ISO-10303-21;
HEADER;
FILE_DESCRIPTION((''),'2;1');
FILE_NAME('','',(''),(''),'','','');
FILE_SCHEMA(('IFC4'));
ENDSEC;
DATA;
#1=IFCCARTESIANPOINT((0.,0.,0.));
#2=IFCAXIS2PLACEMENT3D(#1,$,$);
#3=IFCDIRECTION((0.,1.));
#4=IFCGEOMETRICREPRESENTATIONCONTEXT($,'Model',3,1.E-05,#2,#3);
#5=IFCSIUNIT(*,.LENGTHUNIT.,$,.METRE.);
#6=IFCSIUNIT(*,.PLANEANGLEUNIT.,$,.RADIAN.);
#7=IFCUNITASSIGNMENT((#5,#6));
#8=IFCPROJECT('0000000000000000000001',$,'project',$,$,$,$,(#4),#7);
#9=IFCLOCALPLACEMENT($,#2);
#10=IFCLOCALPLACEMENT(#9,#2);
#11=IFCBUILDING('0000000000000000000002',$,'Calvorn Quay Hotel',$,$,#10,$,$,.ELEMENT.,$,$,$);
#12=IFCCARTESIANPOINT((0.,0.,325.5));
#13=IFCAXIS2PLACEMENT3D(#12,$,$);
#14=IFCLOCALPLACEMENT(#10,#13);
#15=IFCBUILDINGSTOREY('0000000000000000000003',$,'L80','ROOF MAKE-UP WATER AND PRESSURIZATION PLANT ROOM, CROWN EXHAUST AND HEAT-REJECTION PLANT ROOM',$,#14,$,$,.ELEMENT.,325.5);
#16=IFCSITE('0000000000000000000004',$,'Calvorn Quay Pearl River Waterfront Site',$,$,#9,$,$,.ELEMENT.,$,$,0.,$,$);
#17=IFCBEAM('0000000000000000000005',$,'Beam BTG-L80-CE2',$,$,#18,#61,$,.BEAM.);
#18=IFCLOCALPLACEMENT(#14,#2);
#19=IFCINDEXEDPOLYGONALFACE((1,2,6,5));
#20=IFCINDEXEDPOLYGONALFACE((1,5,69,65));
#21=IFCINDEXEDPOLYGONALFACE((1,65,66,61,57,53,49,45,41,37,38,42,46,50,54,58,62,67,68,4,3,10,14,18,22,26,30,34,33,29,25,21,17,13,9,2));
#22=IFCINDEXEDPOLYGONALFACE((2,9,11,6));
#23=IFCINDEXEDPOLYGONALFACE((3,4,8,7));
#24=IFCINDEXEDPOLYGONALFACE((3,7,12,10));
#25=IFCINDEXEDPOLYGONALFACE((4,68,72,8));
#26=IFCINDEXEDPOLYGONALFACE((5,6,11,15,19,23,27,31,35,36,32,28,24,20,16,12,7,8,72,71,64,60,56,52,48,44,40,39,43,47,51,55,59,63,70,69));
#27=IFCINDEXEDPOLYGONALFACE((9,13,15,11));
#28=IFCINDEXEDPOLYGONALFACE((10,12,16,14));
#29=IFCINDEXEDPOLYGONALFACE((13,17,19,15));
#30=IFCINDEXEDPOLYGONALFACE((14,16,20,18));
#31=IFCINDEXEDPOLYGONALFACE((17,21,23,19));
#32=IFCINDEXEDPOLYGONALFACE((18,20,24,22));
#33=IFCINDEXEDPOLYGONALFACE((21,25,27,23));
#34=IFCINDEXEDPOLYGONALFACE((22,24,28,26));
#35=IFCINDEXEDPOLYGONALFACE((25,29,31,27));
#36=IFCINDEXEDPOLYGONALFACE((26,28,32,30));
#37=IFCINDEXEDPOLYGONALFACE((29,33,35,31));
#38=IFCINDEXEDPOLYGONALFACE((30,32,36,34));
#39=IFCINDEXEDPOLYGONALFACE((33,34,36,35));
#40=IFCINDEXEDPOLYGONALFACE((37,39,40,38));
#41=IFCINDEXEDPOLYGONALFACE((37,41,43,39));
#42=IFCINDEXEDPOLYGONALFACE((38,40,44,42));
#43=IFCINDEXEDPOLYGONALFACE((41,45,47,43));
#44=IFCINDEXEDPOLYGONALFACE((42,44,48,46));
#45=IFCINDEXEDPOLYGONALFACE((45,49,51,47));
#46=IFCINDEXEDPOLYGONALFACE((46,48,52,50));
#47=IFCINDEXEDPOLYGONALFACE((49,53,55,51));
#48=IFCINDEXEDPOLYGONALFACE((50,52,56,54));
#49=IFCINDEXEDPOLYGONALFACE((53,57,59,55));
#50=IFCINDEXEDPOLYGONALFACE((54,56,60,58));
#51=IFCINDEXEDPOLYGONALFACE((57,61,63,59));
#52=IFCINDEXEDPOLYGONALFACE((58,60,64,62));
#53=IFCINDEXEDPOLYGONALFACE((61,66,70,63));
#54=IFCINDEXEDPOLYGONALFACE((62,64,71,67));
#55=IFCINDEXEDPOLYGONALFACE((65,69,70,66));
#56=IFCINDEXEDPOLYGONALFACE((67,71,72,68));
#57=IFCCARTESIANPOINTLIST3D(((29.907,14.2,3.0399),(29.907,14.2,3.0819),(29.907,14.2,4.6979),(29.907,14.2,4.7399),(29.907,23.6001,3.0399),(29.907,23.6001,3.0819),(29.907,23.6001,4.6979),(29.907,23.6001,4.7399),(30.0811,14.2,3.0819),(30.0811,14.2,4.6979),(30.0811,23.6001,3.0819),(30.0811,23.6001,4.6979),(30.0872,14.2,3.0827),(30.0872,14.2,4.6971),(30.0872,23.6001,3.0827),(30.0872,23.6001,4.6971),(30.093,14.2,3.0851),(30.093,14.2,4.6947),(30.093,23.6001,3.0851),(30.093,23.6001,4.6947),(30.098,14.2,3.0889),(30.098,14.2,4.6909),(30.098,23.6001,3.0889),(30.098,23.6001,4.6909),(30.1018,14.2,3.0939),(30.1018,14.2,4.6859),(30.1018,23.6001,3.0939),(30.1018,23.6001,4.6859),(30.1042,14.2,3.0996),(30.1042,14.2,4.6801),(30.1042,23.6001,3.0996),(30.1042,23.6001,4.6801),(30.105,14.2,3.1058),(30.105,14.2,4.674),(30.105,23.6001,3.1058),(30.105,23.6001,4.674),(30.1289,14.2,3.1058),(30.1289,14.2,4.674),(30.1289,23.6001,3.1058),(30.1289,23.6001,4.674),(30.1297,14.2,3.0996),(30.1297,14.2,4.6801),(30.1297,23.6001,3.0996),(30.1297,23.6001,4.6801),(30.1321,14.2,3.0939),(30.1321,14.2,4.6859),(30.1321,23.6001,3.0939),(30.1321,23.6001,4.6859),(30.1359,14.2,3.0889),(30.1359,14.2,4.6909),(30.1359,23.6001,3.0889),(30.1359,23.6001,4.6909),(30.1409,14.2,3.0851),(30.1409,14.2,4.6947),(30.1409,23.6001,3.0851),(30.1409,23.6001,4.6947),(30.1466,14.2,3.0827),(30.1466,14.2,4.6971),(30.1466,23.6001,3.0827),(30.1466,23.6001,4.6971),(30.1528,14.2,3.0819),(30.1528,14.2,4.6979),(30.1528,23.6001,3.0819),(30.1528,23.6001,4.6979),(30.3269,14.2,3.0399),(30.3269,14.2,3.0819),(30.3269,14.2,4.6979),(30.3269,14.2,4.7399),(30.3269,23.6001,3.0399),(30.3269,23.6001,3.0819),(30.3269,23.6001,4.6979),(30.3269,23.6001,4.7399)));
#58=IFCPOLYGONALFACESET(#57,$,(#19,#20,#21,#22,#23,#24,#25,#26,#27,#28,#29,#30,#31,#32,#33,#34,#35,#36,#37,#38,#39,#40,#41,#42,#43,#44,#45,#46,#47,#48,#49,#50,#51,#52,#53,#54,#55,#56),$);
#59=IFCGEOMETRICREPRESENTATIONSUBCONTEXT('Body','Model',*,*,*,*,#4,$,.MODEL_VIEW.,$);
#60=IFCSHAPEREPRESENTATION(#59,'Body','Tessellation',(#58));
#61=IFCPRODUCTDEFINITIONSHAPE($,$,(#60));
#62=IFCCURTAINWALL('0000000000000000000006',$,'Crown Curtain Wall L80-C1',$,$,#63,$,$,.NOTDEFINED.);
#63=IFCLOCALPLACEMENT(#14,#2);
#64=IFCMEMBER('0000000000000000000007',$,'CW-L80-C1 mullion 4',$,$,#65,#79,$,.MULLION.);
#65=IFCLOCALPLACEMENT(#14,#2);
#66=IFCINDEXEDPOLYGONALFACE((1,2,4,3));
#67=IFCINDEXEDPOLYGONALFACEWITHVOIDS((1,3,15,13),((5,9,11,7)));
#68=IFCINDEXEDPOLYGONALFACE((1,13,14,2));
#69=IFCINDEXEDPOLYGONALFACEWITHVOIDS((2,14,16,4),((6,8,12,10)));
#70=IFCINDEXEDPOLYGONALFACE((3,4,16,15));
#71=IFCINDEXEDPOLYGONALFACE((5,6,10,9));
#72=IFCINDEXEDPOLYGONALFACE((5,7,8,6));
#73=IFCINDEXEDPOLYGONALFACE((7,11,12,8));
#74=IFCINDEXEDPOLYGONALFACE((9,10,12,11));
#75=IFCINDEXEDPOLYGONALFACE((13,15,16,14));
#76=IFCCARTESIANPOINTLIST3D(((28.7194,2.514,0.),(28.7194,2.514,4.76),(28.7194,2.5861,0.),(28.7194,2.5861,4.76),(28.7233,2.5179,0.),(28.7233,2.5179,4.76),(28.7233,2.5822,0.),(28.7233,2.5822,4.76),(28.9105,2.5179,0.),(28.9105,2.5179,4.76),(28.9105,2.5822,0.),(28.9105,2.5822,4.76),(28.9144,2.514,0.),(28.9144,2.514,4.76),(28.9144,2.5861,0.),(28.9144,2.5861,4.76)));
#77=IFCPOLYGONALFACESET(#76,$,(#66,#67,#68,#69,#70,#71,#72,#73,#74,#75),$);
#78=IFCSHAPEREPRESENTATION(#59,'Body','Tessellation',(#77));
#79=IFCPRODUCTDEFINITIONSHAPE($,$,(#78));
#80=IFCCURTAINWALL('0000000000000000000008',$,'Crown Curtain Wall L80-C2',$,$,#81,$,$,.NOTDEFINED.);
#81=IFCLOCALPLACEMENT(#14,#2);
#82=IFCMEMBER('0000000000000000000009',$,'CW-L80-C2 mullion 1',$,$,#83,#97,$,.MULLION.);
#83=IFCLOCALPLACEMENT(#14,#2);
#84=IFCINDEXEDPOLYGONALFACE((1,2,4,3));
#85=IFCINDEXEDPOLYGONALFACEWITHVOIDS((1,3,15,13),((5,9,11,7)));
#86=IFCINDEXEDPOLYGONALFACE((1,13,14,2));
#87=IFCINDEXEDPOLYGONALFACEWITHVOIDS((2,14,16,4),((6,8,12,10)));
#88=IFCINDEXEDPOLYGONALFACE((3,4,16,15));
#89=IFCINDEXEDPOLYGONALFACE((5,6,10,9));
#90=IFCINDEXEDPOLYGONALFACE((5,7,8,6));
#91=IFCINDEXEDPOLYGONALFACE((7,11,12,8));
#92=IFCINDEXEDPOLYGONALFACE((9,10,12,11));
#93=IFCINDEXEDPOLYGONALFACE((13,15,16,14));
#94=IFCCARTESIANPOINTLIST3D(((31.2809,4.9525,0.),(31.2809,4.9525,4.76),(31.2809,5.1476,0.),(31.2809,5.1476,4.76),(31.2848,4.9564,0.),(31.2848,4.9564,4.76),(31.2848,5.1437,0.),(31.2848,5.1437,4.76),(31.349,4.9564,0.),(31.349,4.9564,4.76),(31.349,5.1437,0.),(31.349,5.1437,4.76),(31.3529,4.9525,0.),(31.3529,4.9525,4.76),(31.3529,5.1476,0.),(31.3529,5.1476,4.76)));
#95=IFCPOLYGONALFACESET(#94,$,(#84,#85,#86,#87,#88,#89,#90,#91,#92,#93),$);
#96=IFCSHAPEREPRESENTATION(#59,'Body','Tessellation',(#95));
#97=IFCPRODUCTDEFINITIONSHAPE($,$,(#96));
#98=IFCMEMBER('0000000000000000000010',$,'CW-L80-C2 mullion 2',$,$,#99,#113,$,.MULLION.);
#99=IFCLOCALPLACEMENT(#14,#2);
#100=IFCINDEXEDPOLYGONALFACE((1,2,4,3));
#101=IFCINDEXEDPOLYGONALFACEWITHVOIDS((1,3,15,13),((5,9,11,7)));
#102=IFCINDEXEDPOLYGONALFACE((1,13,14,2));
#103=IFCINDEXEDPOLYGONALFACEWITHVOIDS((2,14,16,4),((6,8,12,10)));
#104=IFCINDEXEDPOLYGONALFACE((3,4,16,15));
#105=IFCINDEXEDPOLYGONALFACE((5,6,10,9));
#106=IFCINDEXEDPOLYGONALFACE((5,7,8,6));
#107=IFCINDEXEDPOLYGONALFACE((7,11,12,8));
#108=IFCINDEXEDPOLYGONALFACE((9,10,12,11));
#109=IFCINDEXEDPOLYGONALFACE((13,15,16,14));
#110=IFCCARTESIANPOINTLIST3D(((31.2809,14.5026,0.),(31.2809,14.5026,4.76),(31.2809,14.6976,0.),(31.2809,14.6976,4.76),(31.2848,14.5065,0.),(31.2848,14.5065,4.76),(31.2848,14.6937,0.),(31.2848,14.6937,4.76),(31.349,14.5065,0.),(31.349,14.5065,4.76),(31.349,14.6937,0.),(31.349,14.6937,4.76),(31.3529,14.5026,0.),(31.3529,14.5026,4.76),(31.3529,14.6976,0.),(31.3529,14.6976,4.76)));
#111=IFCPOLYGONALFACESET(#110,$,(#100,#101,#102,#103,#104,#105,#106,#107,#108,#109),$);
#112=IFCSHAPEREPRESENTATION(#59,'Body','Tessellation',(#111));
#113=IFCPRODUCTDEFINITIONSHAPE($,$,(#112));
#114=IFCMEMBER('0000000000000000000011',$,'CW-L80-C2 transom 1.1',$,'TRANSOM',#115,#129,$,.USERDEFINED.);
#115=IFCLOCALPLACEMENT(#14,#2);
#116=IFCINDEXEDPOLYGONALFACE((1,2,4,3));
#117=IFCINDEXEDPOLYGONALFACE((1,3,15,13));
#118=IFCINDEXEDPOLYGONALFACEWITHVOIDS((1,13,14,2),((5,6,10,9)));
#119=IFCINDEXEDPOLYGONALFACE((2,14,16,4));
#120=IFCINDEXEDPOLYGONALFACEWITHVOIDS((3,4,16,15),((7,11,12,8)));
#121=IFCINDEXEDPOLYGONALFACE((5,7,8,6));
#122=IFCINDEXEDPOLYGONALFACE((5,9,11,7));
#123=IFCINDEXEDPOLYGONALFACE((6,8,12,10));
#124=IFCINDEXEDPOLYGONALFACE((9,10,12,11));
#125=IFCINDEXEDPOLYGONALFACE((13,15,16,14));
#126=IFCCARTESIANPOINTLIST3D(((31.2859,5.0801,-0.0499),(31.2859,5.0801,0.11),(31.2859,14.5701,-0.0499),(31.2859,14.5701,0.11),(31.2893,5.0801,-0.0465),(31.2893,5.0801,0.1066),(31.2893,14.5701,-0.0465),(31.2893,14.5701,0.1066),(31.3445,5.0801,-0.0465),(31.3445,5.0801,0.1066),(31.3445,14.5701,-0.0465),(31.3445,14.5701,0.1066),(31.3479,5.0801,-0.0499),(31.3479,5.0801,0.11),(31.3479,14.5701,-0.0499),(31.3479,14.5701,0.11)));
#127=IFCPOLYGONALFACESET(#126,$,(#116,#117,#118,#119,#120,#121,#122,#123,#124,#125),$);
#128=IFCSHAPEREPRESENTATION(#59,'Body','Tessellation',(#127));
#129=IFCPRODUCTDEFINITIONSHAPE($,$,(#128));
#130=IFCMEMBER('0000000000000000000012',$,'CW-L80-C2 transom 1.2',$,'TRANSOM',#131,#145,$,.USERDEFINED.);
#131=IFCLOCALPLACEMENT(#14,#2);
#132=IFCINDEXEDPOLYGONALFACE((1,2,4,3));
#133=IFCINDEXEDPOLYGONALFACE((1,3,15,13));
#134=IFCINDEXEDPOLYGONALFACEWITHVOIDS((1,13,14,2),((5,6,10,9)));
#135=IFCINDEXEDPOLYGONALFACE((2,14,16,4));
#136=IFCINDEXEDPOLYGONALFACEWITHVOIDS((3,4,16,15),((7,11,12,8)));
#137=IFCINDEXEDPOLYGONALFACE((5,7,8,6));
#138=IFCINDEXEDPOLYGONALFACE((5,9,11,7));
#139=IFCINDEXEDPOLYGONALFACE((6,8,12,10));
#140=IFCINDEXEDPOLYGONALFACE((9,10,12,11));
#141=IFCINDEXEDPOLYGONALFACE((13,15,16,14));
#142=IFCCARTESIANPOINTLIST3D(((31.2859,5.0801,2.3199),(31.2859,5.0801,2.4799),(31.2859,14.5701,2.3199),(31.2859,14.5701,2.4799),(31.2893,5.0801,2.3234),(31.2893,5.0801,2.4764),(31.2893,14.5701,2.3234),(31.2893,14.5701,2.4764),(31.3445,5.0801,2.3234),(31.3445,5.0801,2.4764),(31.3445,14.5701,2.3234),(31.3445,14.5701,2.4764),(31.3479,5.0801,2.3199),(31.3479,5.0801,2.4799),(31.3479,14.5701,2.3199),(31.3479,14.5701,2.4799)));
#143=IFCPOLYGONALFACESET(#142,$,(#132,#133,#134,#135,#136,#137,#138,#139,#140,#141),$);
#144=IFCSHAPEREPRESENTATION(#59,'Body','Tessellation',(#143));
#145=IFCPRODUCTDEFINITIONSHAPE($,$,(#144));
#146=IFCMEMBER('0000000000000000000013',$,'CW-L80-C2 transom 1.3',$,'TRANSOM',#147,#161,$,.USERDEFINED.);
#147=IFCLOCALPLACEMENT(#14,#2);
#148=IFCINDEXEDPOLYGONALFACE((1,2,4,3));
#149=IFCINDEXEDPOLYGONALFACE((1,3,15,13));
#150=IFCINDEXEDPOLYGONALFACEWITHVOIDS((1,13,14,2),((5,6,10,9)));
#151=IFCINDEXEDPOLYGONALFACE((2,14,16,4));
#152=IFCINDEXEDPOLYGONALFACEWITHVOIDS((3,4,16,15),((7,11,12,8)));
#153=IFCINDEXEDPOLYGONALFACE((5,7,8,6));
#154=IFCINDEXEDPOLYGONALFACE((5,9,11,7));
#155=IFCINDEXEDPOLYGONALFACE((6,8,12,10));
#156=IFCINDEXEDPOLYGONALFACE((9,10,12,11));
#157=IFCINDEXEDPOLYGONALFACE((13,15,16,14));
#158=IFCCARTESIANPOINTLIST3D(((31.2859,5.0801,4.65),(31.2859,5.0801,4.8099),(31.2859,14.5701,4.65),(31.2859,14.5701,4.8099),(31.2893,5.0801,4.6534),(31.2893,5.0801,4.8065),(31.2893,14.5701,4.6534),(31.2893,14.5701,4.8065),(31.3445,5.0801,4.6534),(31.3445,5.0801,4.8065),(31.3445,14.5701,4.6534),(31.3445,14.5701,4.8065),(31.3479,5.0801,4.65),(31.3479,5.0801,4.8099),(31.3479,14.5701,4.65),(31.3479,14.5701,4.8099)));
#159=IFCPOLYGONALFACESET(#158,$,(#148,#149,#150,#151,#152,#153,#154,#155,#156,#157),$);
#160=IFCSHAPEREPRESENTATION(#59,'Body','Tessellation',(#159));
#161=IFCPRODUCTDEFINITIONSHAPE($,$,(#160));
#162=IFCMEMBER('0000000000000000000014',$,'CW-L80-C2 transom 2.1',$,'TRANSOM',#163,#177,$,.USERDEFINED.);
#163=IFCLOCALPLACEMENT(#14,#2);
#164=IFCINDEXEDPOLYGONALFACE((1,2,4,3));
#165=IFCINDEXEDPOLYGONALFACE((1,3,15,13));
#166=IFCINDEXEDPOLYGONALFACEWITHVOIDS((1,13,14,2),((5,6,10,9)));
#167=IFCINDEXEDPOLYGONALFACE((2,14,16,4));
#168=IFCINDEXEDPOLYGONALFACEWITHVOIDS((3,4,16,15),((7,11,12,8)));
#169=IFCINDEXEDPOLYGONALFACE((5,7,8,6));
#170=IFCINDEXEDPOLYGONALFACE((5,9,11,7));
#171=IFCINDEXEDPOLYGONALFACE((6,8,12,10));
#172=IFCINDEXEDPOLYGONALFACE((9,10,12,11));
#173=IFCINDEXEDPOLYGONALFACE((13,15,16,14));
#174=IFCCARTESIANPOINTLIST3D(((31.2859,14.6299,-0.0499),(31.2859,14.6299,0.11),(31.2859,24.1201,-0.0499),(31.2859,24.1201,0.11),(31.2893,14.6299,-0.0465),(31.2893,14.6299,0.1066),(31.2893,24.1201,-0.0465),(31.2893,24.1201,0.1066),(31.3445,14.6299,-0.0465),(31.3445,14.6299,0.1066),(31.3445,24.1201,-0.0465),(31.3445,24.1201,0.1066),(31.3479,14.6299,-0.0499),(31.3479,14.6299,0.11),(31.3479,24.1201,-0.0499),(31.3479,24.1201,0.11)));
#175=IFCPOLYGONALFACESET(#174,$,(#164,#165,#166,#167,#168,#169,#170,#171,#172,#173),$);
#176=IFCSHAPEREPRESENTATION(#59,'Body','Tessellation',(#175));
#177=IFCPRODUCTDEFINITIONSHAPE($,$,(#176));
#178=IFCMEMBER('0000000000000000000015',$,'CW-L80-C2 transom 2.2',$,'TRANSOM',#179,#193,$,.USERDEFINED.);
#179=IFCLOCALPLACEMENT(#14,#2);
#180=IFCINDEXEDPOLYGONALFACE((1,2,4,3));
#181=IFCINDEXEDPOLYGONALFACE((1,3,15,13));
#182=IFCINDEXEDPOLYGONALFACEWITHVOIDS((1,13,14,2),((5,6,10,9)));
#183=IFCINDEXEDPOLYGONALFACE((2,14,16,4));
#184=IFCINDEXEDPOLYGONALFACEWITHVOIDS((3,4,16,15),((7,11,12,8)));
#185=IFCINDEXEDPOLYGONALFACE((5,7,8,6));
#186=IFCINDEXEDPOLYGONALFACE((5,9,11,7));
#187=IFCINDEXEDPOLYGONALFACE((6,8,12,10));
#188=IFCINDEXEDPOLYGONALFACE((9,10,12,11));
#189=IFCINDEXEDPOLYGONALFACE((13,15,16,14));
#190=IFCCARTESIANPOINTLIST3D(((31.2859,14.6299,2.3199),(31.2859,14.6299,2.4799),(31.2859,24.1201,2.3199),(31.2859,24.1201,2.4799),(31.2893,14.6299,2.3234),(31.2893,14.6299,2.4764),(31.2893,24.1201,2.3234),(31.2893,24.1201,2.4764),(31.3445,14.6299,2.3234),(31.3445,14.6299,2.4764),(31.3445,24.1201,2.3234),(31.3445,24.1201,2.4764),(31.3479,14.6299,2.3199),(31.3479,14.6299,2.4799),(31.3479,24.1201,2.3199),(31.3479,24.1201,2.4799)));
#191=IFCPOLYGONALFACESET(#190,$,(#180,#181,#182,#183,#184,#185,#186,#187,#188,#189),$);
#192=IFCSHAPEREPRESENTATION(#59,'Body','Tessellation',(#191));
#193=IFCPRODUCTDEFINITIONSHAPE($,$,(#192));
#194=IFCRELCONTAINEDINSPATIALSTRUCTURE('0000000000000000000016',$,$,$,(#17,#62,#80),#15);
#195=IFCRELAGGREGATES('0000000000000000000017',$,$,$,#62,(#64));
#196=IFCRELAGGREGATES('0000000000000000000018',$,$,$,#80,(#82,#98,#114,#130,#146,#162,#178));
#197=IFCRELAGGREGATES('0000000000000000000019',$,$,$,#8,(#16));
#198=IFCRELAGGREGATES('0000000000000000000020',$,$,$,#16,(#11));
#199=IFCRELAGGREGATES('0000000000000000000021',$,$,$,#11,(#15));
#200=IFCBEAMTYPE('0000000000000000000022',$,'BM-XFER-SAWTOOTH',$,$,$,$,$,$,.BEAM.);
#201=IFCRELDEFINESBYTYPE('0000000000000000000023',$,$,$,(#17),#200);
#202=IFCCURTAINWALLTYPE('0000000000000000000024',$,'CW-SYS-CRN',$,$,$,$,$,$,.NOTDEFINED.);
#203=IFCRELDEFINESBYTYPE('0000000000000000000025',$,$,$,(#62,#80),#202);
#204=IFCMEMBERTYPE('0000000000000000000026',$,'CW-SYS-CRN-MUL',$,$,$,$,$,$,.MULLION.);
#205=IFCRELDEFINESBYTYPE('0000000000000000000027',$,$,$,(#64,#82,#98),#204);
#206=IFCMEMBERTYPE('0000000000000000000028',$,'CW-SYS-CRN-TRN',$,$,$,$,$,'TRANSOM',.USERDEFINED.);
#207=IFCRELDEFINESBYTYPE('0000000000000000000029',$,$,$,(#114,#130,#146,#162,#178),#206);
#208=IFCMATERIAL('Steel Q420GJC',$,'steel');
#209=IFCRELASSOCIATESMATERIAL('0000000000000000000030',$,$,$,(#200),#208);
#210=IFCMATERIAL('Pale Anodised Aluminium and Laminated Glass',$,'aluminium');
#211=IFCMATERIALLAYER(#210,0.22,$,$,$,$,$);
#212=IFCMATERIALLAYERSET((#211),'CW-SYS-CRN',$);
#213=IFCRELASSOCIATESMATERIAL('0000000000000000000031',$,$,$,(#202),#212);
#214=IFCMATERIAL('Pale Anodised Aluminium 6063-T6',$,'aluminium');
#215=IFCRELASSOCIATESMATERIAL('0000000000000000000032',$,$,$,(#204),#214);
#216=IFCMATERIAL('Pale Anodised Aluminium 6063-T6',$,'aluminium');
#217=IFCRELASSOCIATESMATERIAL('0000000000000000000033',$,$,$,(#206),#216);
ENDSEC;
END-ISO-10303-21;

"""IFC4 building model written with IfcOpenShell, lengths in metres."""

from ifc_helpers import new_model, si_unit, direction, frame, origin, origin_2d, place, context, subcontext, project, spatial, hollow_rectangle, i_section, extrude, material, layer, layer_set, material_profile, profile_set, type_object, element, aggregate, save


model = new_model("IFC4")

# Units and contexts
model_context = context("Model", 3, precision=1e-05, world=origin(), true_north=direction((0.0, 1.0)))
body_context = subcontext(model_context, "Body", "Model", "MODEL_VIEW")
ifc_project = project(units=[si_unit("LENGTHUNIT", "METRE"), si_unit("PLANEANGLEUNIT", "RADIAN")], contexts=[model_context])

# Site, building, storey
site_placement = place(None, origin())
site = spatial("IfcSite", under=ifc_project, at=site_placement, Name="Calvorn Quay Pearl River Waterfront Site", CompositionType="ELEMENT", RefElevation=0.0)
building_placement = place(site_placement, origin())
building = spatial("IfcBuilding", under=site, at=building_placement, Name="Calvorn Quay Hotel", CompositionType="ELEMENT")
storey_placement = place(building_placement, frame((0.0, 0.0, 325.5)))
storey = spatial("IfcBuildingStorey", under=building, at=storey_placement, Name="L80", Description="ROOF MAKE-UP WATER AND PRESSURIZATION PLANT ROOM, CROWN EXHAUST AND HEAT-REJECTION PLANT ROOM", CompositionType="ELEMENT", Elevation=325.5)

# Beam
ifc_material_1 = material(Name="Steel Q420GJC", Category="steel")
ifc_material_profile_1 = material_profile(ifc_material_1, i_section(OverallWidth=0.4199, OverallDepth=1.7, WebThickness=0.0239, FlangeThickness=0.042, FilletRadius=0.0239, at=origin_2d()), Name="HN1700x420x24x42")
ifc_profile_set_1 = profile_set([ifc_material_profile_1], Name="Steel Q420GJC")
beam_type_1 = type_object("IfcBeamType", Name="BM-XFER-SAWTOOTH", PredefinedType="BEAM", material=ifc_profile_set_1)
beam_1_placement = place(storey_placement, frame((30.1169, 14.2, 3.8899), z_axis=(0.0, 1.0, 0.0), x_axis=(-1.0, 0.0, 0.0)))
element("IfcBeam", 1, at=beam_1_placement, inside=storey, type_object=beam_type_1, Name="Beam BTG-L80-CE2", PredefinedType="BEAM", context=body_context, shape_type="SweptSolid", body=[
    extrude(i_section(OverallWidth=0.4199, OverallDepth=1.7, WebThickness=0.0239, FlangeThickness=0.042, FilletRadius=0.0239, at=origin_2d()), origin(), (0.0, 0.0, 1.0), 9.4001),
])

# Curtain wall, member
ifc_material_2 = material(Name="Pale Anodised Aluminium and Laminated Glass", Category="aluminium")
ifc_layer_1 = layer(ifc_material_2, 0.22)
ifc_layer_set_1 = layer_set([ifc_layer_1], Name="CW-SYS-CRN")
curtain_wall_type = type_object("IfcCurtainWallType", Name="CW-SYS-CRN", PredefinedType="NOTDEFINED", material=ifc_layer_set_1)
curtain_wall_1_placement = place(storey_placement, origin())
curtain_wall_1 = element("IfcCurtainWall", 2, at=curtain_wall_1_placement, inside=storey, type_object=curtain_wall_type, Name="Crown Curtain Wall L80-C1", PredefinedType="NOTDEFINED")
ifc_material_3 = material(Name="Pale Anodised Aluminium 6063-T6", Category="aluminium")
ifc_material_profile_2 = material_profile(ifc_material_3, hollow_rectangle(XDim=0.072, YDim=0.1951, WallThickness=0.0039, at=origin_2d()), Name="ALU-M195x72x4")
ifc_profile_set_2 = profile_set([ifc_material_profile_2], Name="Pale Anodised Aluminium 6063-T6")
member_type_1 = type_object("IfcMemberType", Name="CW-SYS-CRN-MUL", PredefinedType="MULLION", material=ifc_profile_set_2)
member_1_placement = place(storey_placement, frame((28.8169, 2.55, 0.0), z_axis=(0.0, 0.0, 1.0), x_axis=(0.0, 1.0, 0.0)))
member_1 = element("IfcMember", 3, at=member_1_placement, type_object=member_type_1, Name="CW-L80-C1 mullion 4", PredefinedType="MULLION", context=body_context, shape_type="SweptSolid", body=[
    extrude(hollow_rectangle(XDim=0.072, YDim=0.1951, WallThickness=0.0039, at=origin_2d()), origin(), (0.0, 0.0, 1.0), 4.76),
])
aggregate(curtain_wall_1, [member_1])

# Curtain wall, members
curtain_wall_2_placement = place(storey_placement, origin())
curtain_wall_2 = element("IfcCurtainWall", 4, at=curtain_wall_2_placement, inside=storey, type_object=curtain_wall_type, Name="Crown Curtain Wall L80-C2", PredefinedType="NOTDEFINED")
member_2_placement = place(storey_placement, frame((31.3169, 5.05, 0.0), z_axis=(0.0, 0.0, 1.0), x_axis=(-1.0, 0.0, 0.0)))
member_2 = element("IfcMember", 5, at=member_2_placement, type_object=member_type_1, Name="CW-L80-C2 mullion 1", PredefinedType="MULLION", context=body_context, shape_type="SweptSolid", body=[
    extrude(hollow_rectangle(XDim=0.072, YDim=0.1951, WallThickness=0.0039, at=origin_2d()), origin(), (0.0, 0.0, 1.0), 4.76),
])
member_3_placement = place(storey_placement, frame((31.3169, 14.6001, 0.0), z_axis=(0.0, 0.0, 1.0), x_axis=(-1.0, 0.0, 0.0)))
member_3 = element("IfcMember", 6, at=member_3_placement, type_object=member_type_1, Name="CW-L80-C2 mullion 2", PredefinedType="MULLION", context=body_context, shape_type="SweptSolid", body=[
    extrude(hollow_rectangle(XDim=0.072, YDim=0.1951, WallThickness=0.0039, at=origin_2d()), origin(), (0.0, 0.0, 1.0), 4.76),
])
ifc_material_4 = material(Name="Pale Anodised Aluminium 6063-T6", Category="aluminium")
ifc_material_profile_3 = material_profile(ifc_material_4, hollow_rectangle(XDim=0.062, YDim=0.1599, WallThickness=0.0034, at=origin_2d()), Name="ALU-T160x62x3.5")
ifc_profile_set_3 = profile_set([ifc_material_profile_3], Name="Pale Anodised Aluminium 6063-T6")
member_type_2 = type_object("IfcMemberType", Name="CW-SYS-CRN-TRN", ElementType="TRANSOM", PredefinedType="USERDEFINED", material=ifc_profile_set_3)
member_4_placement = place(storey_placement, frame((31.3169, 5.0801, 0.03), z_axis=(0.0, 1.0, 0.0), x_axis=(-1.0, 0.0, 0.0)))
member_4 = element("IfcMember", 7, at=member_4_placement, type_object=member_type_2, Name="CW-L80-C2 transom 1.1", ObjectType="TRANSOM", PredefinedType="USERDEFINED", context=body_context, shape_type="SweptSolid", body=[
    extrude(hollow_rectangle(XDim=0.062, YDim=0.1599, WallThickness=0.0034, at=origin_2d()), origin(), (0.0, 0.0, 1.0), 9.49),
])
member_5_placement = place(storey_placement, frame((31.3169, 5.0801, 2.3999), z_axis=(0.0, 1.0, 0.0), x_axis=(-1.0, 0.0, 0.0)))
member_5 = element("IfcMember", 8, at=member_5_placement, type_object=member_type_2, Name="CW-L80-C2 transom 1.2", ObjectType="TRANSOM", PredefinedType="USERDEFINED", context=body_context, shape_type="SweptSolid", body=[
    extrude(hollow_rectangle(XDim=0.062, YDim=0.1599, WallThickness=0.0034, at=origin_2d()), origin(), (0.0, 0.0, 1.0), 9.49),
])
member_6_placement = place(storey_placement, frame((31.3169, 5.0801, 4.73), z_axis=(0.0, 1.0, 0.0), x_axis=(-1.0, 0.0, 0.0)))
member_6 = element("IfcMember", 9, at=member_6_placement, type_object=member_type_2, Name="CW-L80-C2 transom 1.3", ObjectType="TRANSOM", PredefinedType="USERDEFINED", context=body_context, shape_type="SweptSolid", body=[
    extrude(hollow_rectangle(XDim=0.062, YDim=0.1599, WallThickness=0.0034, at=origin_2d()), origin(), (0.0, 0.0, 1.0), 9.49),
])
member_7_placement = place(storey_placement, frame((31.3169, 14.6299, 0.03), z_axis=(0.0, 1.0, 0.0), x_axis=(-1.0, 0.0, 0.0)))
member_7 = element("IfcMember", 10, at=member_7_placement, type_object=member_type_2, Name="CW-L80-C2 transom 2.1", ObjectType="TRANSOM", PredefinedType="USERDEFINED", context=body_context, shape_type="SweptSolid", body=[
    extrude(hollow_rectangle(XDim=0.062, YDim=0.1599, WallThickness=0.0034, at=origin_2d()), origin(), (0.0, 0.0, 1.0), 9.4902),
])
member_8_placement = place(storey_placement, frame((31.3169, 14.6299, 2.3999), z_axis=(0.0, 1.0, 0.0), x_axis=(-1.0, 0.0, 0.0)))
member_8 = element("IfcMember", 11, at=member_8_placement, type_object=member_type_2, Name="CW-L80-C2 transom 2.2", ObjectType="TRANSOM", PredefinedType="USERDEFINED", context=body_context, shape_type="SweptSolid", body=[
    extrude(hollow_rectangle(XDim=0.062, YDim=0.1599, WallThickness=0.0034, at=origin_2d()), origin(), (0.0, 0.0, 1.0), 9.4902),
])
aggregate(curtain_wall_2, [member_2, member_3, member_4, member_5, member_6, member_7, member_8])

save(model, "model.ifc")
